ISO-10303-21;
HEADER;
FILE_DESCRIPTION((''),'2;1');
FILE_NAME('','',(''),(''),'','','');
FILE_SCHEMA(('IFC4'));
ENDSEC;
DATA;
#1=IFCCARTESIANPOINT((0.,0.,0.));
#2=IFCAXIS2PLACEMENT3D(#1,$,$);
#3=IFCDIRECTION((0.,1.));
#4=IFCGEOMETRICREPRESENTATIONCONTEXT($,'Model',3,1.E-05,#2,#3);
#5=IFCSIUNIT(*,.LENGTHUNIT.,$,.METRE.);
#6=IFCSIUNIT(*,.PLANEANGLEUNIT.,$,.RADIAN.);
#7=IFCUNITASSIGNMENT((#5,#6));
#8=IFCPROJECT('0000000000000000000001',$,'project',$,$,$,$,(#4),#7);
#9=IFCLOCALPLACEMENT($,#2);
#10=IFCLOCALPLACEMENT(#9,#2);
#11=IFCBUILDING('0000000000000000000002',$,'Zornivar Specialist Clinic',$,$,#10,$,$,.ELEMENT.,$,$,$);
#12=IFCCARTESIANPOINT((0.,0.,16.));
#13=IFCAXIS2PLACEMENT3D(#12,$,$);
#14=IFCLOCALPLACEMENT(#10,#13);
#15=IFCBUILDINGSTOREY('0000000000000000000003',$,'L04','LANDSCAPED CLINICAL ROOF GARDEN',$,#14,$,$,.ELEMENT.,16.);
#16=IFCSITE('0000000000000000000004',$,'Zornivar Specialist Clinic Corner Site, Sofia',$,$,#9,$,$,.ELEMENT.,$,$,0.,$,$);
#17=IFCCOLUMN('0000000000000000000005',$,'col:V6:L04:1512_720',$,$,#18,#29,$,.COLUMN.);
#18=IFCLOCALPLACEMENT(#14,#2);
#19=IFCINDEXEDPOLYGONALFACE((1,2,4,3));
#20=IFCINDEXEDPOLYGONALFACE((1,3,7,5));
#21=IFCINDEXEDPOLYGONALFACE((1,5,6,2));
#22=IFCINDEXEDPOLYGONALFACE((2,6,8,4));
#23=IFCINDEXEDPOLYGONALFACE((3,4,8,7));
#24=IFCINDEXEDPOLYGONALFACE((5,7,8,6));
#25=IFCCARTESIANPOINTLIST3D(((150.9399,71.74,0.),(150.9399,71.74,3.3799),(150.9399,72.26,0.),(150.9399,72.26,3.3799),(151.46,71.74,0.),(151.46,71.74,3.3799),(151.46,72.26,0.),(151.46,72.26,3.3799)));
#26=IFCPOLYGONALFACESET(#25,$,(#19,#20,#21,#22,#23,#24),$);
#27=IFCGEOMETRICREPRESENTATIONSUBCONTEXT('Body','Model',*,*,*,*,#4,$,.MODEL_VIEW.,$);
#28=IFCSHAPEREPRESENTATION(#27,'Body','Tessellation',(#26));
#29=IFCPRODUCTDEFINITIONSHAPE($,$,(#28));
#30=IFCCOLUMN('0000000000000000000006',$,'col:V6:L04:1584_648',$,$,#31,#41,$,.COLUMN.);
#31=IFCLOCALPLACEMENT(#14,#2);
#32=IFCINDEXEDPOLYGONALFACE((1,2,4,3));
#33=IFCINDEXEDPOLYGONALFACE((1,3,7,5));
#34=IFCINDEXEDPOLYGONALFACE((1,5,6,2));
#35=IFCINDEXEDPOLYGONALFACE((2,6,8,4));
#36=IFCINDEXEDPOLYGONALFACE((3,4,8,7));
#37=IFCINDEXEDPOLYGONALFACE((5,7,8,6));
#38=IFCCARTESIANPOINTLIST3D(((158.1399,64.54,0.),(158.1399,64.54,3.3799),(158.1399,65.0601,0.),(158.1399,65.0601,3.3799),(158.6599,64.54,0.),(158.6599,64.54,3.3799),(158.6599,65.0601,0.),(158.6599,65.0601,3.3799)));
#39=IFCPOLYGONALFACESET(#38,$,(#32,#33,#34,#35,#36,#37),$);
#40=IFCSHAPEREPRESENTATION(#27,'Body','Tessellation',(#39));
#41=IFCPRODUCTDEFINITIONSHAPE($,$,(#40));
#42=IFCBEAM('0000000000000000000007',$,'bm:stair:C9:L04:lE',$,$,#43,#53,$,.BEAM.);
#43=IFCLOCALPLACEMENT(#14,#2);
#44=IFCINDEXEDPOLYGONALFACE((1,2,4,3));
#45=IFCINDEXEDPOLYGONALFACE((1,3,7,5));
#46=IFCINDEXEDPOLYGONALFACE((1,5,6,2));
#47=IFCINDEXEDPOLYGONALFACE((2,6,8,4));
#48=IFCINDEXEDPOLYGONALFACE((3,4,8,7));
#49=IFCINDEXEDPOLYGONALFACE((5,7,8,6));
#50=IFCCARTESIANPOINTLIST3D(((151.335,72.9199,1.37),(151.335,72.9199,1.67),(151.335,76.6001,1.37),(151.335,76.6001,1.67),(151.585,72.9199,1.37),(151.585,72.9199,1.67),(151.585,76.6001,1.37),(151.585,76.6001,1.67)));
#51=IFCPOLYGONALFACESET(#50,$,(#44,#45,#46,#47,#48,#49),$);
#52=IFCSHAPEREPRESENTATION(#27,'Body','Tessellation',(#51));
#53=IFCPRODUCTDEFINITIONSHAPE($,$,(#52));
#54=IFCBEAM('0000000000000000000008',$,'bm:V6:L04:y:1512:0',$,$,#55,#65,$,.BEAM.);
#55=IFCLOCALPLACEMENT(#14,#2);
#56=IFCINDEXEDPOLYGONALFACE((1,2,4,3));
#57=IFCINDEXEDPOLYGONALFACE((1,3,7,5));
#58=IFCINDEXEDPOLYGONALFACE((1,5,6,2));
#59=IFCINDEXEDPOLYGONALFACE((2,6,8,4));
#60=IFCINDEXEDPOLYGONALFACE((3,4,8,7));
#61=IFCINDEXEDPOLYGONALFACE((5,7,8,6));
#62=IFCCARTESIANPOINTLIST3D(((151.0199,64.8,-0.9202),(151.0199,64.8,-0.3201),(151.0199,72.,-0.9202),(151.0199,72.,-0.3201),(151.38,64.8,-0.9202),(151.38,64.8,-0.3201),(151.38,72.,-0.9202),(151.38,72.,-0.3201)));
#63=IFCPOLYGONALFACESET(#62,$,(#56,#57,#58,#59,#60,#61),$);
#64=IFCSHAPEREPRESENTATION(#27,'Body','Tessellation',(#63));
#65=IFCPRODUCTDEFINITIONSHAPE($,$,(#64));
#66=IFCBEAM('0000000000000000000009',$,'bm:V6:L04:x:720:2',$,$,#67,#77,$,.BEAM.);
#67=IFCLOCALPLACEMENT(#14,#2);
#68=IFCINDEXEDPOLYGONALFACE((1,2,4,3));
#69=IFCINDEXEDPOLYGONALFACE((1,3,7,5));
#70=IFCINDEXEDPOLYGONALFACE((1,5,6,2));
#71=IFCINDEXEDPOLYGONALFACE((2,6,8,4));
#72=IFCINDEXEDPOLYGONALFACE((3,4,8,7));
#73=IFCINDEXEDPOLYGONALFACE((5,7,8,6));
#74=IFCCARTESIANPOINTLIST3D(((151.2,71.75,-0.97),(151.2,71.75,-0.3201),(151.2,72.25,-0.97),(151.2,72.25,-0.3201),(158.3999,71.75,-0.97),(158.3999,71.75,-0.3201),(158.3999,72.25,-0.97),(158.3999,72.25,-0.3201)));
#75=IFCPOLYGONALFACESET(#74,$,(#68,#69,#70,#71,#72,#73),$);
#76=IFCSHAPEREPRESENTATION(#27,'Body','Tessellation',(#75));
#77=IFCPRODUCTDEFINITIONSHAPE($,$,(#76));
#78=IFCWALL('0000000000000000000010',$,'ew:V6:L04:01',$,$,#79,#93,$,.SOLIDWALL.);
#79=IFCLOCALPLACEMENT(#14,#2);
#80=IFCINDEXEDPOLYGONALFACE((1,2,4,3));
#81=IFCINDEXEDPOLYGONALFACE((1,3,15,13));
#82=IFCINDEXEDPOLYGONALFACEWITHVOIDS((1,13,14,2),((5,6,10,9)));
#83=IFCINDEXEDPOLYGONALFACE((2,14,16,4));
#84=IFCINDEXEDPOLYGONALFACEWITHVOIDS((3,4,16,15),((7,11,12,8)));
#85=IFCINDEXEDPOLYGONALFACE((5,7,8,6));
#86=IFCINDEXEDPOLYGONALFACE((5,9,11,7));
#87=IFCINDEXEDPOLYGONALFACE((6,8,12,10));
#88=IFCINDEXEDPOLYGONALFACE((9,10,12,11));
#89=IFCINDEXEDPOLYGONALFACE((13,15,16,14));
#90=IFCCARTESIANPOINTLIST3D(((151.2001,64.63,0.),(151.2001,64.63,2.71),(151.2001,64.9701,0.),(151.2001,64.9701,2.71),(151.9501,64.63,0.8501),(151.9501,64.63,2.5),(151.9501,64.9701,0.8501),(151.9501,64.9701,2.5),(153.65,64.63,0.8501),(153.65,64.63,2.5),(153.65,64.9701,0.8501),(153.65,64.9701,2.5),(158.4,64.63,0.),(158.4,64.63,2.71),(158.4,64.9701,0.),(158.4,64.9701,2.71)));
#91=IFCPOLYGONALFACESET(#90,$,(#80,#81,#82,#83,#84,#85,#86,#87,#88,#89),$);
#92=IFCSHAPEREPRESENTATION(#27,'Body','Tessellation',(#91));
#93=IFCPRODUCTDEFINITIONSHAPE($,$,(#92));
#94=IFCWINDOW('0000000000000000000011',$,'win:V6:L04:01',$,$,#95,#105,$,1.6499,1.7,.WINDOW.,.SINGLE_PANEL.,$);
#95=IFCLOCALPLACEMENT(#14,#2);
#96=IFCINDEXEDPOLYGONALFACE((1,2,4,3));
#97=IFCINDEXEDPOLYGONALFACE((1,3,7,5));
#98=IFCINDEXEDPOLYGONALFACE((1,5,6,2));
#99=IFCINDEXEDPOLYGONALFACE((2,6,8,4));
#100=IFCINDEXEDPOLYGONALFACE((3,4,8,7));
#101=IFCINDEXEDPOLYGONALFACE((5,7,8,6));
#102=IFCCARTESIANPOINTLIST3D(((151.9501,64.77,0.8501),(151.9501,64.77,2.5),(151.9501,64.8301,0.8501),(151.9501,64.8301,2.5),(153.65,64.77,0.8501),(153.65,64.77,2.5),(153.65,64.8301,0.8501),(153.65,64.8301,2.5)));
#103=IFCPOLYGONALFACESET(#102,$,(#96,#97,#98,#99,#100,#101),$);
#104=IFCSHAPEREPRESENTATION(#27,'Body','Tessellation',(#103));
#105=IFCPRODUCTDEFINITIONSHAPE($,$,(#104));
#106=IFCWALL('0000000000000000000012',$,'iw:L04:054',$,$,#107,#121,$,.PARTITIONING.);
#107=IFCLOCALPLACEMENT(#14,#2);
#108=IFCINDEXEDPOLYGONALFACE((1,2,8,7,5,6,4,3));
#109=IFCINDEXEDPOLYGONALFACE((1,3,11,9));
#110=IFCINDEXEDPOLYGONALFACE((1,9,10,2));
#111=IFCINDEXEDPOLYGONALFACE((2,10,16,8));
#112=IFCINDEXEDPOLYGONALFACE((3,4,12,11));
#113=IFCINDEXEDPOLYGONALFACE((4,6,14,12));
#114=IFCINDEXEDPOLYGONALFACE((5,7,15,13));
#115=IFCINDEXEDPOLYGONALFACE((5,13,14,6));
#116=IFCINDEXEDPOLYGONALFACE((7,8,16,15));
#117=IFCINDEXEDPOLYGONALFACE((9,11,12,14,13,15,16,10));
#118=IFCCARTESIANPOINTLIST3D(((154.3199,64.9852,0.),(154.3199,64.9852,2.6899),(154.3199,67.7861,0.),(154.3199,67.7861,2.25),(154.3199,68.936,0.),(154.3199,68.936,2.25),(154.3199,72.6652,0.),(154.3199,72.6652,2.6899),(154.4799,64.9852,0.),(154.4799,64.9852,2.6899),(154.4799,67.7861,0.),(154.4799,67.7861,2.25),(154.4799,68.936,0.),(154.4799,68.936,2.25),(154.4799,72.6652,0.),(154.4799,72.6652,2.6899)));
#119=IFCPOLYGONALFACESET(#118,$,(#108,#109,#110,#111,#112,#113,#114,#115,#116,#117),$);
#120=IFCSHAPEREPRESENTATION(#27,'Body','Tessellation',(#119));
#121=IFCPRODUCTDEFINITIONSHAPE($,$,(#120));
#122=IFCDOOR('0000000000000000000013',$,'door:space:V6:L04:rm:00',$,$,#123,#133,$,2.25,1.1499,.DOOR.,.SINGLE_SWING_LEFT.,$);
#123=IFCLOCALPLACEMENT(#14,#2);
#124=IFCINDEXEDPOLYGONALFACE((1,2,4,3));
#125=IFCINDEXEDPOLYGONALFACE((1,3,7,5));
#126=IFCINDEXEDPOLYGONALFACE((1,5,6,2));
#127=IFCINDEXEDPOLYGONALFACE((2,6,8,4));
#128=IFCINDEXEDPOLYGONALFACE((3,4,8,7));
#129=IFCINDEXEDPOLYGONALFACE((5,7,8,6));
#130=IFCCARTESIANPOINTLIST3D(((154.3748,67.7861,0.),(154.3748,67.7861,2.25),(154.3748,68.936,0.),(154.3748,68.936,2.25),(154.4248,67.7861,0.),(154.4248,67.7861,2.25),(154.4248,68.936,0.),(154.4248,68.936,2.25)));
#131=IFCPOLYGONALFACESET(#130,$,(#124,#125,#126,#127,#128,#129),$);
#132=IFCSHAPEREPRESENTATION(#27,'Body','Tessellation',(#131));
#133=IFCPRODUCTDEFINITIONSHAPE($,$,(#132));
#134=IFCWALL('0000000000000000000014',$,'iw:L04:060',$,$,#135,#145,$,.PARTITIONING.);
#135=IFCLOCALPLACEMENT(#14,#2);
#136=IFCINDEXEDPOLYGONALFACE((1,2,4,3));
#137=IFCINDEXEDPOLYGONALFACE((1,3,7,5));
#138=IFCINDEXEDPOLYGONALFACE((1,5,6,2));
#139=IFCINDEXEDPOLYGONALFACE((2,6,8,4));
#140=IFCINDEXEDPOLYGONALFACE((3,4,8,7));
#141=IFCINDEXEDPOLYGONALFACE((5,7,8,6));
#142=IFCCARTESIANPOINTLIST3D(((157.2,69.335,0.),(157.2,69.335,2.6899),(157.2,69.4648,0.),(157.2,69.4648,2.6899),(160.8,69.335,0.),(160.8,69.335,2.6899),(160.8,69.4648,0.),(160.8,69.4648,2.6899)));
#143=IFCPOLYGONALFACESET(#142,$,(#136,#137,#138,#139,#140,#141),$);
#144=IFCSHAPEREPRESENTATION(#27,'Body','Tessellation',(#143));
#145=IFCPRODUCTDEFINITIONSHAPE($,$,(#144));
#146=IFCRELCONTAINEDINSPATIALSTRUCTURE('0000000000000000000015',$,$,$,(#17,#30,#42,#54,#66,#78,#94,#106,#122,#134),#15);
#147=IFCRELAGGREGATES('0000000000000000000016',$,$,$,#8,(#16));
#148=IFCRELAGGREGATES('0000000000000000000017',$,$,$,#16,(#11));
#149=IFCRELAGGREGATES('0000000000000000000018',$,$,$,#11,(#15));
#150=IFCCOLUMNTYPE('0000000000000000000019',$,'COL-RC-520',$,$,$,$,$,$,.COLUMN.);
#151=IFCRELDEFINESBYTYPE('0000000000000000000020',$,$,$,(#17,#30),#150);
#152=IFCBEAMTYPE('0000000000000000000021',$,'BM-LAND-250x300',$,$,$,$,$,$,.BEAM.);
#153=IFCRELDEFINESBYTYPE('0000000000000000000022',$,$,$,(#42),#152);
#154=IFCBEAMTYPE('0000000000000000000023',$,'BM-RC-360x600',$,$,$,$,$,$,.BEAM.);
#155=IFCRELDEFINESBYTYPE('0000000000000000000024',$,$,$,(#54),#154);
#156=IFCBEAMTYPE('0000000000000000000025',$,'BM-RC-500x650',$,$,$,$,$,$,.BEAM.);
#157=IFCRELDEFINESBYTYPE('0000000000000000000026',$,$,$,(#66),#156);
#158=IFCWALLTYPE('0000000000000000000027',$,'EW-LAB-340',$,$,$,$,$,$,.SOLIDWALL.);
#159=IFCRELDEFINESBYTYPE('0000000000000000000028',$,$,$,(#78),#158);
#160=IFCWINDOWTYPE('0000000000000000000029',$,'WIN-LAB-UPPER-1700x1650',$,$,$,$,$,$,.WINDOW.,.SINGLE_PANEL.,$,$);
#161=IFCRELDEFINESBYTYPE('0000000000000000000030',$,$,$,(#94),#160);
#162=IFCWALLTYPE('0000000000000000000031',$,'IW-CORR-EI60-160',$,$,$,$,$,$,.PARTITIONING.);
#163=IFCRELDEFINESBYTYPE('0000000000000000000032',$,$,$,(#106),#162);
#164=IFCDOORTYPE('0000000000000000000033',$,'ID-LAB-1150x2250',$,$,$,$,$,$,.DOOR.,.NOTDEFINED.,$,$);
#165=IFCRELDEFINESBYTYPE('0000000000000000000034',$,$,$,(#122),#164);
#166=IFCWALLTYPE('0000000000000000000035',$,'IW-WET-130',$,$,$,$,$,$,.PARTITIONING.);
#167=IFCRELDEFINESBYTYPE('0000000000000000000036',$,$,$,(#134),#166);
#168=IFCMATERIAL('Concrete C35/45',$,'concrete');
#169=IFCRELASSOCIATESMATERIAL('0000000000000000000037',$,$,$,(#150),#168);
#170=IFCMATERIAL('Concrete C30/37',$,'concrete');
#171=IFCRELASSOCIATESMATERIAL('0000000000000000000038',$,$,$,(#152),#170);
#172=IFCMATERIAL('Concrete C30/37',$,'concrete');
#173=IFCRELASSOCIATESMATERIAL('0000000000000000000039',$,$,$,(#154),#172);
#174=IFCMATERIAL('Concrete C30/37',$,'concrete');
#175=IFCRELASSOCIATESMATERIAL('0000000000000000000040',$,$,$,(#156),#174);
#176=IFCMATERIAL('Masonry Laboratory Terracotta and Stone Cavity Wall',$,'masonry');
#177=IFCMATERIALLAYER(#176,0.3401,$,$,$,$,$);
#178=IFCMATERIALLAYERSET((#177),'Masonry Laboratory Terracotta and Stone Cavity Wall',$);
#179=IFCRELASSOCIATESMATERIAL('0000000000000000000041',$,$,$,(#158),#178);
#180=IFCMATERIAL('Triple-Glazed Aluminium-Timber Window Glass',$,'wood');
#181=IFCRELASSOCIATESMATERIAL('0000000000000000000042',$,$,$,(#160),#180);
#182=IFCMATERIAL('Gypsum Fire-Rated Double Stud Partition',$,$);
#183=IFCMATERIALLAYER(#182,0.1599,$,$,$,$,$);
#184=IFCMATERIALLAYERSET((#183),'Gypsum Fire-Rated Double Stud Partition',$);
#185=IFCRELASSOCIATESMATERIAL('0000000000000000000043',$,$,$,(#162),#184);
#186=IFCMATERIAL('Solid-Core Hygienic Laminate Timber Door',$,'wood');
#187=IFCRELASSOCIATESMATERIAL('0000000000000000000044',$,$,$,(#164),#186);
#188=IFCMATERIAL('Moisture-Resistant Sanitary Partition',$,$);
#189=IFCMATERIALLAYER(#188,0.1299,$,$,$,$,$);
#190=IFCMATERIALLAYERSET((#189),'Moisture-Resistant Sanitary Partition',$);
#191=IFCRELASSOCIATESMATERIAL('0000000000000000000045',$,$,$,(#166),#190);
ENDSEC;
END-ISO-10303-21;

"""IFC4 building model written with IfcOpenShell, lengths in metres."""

from ifc_helpers import new_model, si_unit, direction, frame, frame_2d, origin, origin_2d, place, context, subcontext, project, spatial, rectangle, extrude, material, layer, layer_set, material_profile, profile_set, type_object, element, fill, save


model = new_model("IFC4")

# Units and contexts
model_context = context("Model", 3, precision=1e-05, world=origin(), true_north=direction((0.0, 1.0)))
body_context = subcontext(model_context, "Body", "Model", "MODEL_VIEW")
ifc_project = project(units=[si_unit("LENGTHUNIT", "METRE"), si_unit("PLANEANGLEUNIT", "RADIAN")], contexts=[model_context])

# Site, building, storey
site_placement = place(None, origin())
site = spatial("IfcSite", under=ifc_project, at=site_placement, Name="Zornivar Specialist Clinic Corner Site, Sofia", CompositionType="ELEMENT", RefElevation=0.0)
building_placement = place(site_placement, origin())
building = spatial("IfcBuilding", under=site, at=building_placement, Name="Zornivar Specialist Clinic", CompositionType="ELEMENT")
storey_placement = place(building_placement, frame((0.0, 0.0, 16.0)))
storey = spatial("IfcBuildingStorey", under=building, at=storey_placement, Name="L04", Description="LANDSCAPED CLINICAL ROOF GARDEN", CompositionType="ELEMENT", Elevation=16.0)

# Columns
ifc_material_1 = material(Name="Concrete C35/45", Category="concrete")
ifc_material_profile_1 = material_profile(ifc_material_1, rectangle(XDim=0.52, YDim=0.52, at=origin_2d()), Name="RC 520x520")
ifc_profile_set_1 = profile_set([ifc_material_profile_1], Name="Concrete C35/45")
column_type = type_object("IfcColumnType", Name="COL-RC-520", PredefinedType="COLUMN", material=ifc_profile_set_1)
for number, where, z_axis, x_axis, name in (
    (1, (151.2, 72.0, 0.0), (0.0, 0.0, 1.0), (1.0, 0.0, 0.0), "col:V6:L04:1512_720"),
    (2, (158.3999, 64.8, 0.0), (0.0, 0.0, 1.0), (1.0, 0.0, 0.0), "col:V6:L04:1584_648"),
):
    element("IfcColumn", number, at=place(storey_placement, frame(where, z_axis=z_axis, x_axis=x_axis)), inside=storey, type_object=column_type, Name=name, PredefinedType="COLUMN", context=body_context, shape_type="SweptSolid", body=[
        extrude(rectangle(XDim=0.52, YDim=0.52, at=origin_2d()), origin(), (0.0, 0.0, 1.0), 3.3799),
    ])

# Beams
ifc_material_2 = material(Name="Concrete C30/37", Category="concrete")
ifc_material_profile_2 = material_profile(ifc_material_2, rectangle(XDim=0.25, YDim=0.3, at=origin_2d()), Name="RC 250x300")
ifc_profile_set_2 = profile_set([ifc_material_profile_2], Name="Concrete C30/37")
beam_type_1 = type_object("IfcBeamType", Name="BM-LAND-250x300", PredefinedType="BEAM", material=ifc_profile_set_2)
beam_1_placement = place(storey_placement, frame((151.46, 72.9199, 1.52), z_axis=(0.0, 1.0, 0.0), x_axis=(-1.0, 0.0, 0.0)))
element("IfcBeam", 3, at=beam_1_placement, inside=storey, type_object=beam_type_1, Name="bm:stair:C9:L04:lE", PredefinedType="BEAM", context=body_context, shape_type="SweptSolid", body=[
    extrude(rectangle(XDim=0.25, YDim=0.3, at=origin_2d()), origin(), (0.0, 0.0, 1.0), 3.6802),
])
ifc_material_3 = material(Name="Concrete C30/37", Category="concrete")
ifc_material_profile_3 = material_profile(ifc_material_3, rectangle(XDim=0.3601, YDim=0.6001, at=origin_2d()), Name="RC 360x600")
ifc_profile_set_3 = profile_set([ifc_material_profile_3], Name="Concrete C30/37")
beam_type_2 = type_object("IfcBeamType", Name="BM-RC-360x600", PredefinedType="BEAM", material=ifc_profile_set_3)
beam_2_placement = place(storey_placement, frame((151.2, 64.8, -0.6201), z_axis=(0.0, 1.0, 0.0), x_axis=(-1.0, 0.0, 0.0)))
element("IfcBeam", 4, at=beam_2_placement, inside=storey, type_object=beam_type_2, Name="bm:V6:L04:y:1512:0", PredefinedType="BEAM", context=body_context, shape_type="SweptSolid", body=[
    extrude(rectangle(XDim=0.3601, YDim=0.6001, at=origin_2d()), origin(), (0.0, 0.0, 1.0), 7.2),
])
ifc_material_4 = material(Name="Concrete C30/37", Category="concrete")
ifc_material_profile_4 = material_profile(ifc_material_4, rectangle(XDim=0.5, YDim=0.6499, at=origin_2d()), Name="RC 500x650")
ifc_profile_set_4 = profile_set([ifc_material_profile_4], Name="Concrete C30/37")
beam_type_3 = type_object("IfcBeamType", Name="BM-RC-500x650", PredefinedType="BEAM", material=ifc_profile_set_4)
beam_3_placement = place(storey_placement, frame((151.2, 72.0, -0.645), z_axis=(1.0, 0.0, 0.0), x_axis=(0.0, 1.0, 0.0)))
element("IfcBeam", 5, at=beam_3_placement, inside=storey, type_object=beam_type_3, Name="bm:V6:L04:x:720:2", PredefinedType="BEAM", context=body_context, shape_type="SweptSolid", body=[
    extrude(rectangle(XDim=0.5, YDim=0.6499, at=origin_2d()), origin(), (0.0, 0.0, 1.0), 7.2),
])

# Wall, opening, window
ifc_material_5 = material(Name="Masonry Laboratory Terracotta and Stone Cavity Wall", Category="masonry")
ifc_layer_1 = layer(ifc_material_5, 0.3401)
ifc_layer_set_1 = layer_set([ifc_layer_1], Name="Masonry Laboratory Terracotta and Stone Cavity Wall")
wall_type_1 = type_object("IfcWallType", Name="EW-LAB-340", PredefinedType="SOLIDWALL", material=ifc_layer_set_1)
wall_1_placement = place(storey_placement, frame((151.2, 64.8, 0.0), z_axis=(0.0, 0.0, 1.0), x_axis=(1.0, 0.0, 0.0)))
wall_1 = element("IfcWall", 6, at=wall_1_placement, inside=storey, type_object=wall_type_1, Name="ew:V6:L04:01", PredefinedType="SOLIDWALL", context=body_context, shape_type="SweptSolid", body=[
    extrude(rectangle(XDim=7.2, YDim=0.3401, at=frame_2d((3.6001, 0.0))), origin(), (0.0, 0.0, 1.0), 2.71),
])
opening_1_placement = place(wall_1_placement, frame((0.75, 0.0, 0.8501)))
opening_1 = element("IfcOpeningElement", 7, at=opening_1_placement, cuts=wall_1, PredefinedType="OPENING", context=body_context, shape_type="SweptSolid", body=[
    extrude(rectangle(XDim=1.7, YDim=1.6499, at=frame_2d((0.8501, 0.825))), frame((0.0, 0.1799, 0.0), z_axis=(0.0, -1.0, 0.0), x_axis=(1.0, 0.0, 0.0)), (0.0, 0.0, 1.0), 0.3601),
])
ifc_material_6 = material(Name="Triple-Glazed Aluminium-Timber Window Glass", Category="wood")
window_type = type_object("IfcWindowType", Name="WIN-LAB-UPPER-1700x1650", PartitioningType="SINGLE_PANEL", PredefinedType="WINDOW", material=ifc_material_6)
window_placement = place(opening_1_placement, origin())
window = element("IfcWindow", 8, at=window_placement, inside=storey, type_object=window_type, Name="win:V6:L04:01", OverallHeight=1.6499, OverallWidth=1.7, PartitioningType="SINGLE_PANEL", PredefinedType="WINDOW", context=body_context, shape_type="SweptSolid", body=[
    extrude(rectangle(XDim=1.7, YDim=1.6499, at=frame_2d((0.8501, 0.825))), frame((0.0, 0.03, 0.0), z_axis=(0.0, -1.0, 0.0), x_axis=(1.0, 0.0, 0.0)), (0.0, 0.0, 1.0), 0.0601),
])
fill(opening_1, window)

# Wall, opening, door
ifc_material_7 = material(Name="Gypsum Fire-Rated Double Stud Partition")
ifc_layer_2 = layer(ifc_material_7, 0.1599)
ifc_layer_set_2 = layer_set([ifc_layer_2], Name="Gypsum Fire-Rated Double Stud Partition")
wall_type_2 = type_object("IfcWallType", Name="IW-CORR-EI60-160", PredefinedType="PARTITIONING", material=ifc_layer_set_2)
wall_2_placement = place(storey_placement, frame((154.3999, 72.665, 0.0), z_axis=(0.0, 0.0, 1.0), x_axis=(0.0, -1.0, 0.0)))
wall_2 = element("IfcWall", 9, at=wall_2_placement, inside=storey, type_object=wall_type_2, Name="iw:L04:054", PredefinedType="PARTITIONING", context=body_context, shape_type="SweptSolid", body=[
    extrude(rectangle(XDim=7.6799, YDim=0.1599, at=frame_2d((3.8398, 0.0))), origin(), (0.0, 0.0, 1.0), 2.6899),
])
opening_2_placement = place(wall_2_placement, frame((3.729, 0.0, 0.0)))
opening_2 = element("IfcOpeningElement", 10, at=opening_2_placement, cuts=wall_2, PredefinedType="OPENING", context=body_context, shape_type="SweptSolid", body=[
    extrude(rectangle(XDim=1.1499, YDim=2.25, at=frame_2d((0.575, 1.125))), frame((0.0, 0.0898, 0.0), z_axis=(0.0, -1.0, 0.0), x_axis=(1.0, 0.0, 0.0)), (0.0, 0.0, 1.0), 0.1799),
])
ifc_material_8 = material(Name="Solid-Core Hygienic Laminate Timber Door", Category="wood")
door_type_1 = type_object("IfcDoorType", Name="ID-LAB-1150x2250", OperationType="NOTDEFINED", PredefinedType="DOOR", material=ifc_material_8)
door_1_placement = place(opening_2_placement, origin())
door_1 = element("IfcDoor", 11, at=door_1_placement, inside=storey, type_object=door_type_1, Name="door:space:V6:L04:rm:00", OperationType="SINGLE_SWING_LEFT", OverallHeight=2.25, OverallWidth=1.1499, PredefinedType="DOOR", context=body_context, shape_type="SweptSolid", body=[
    extrude(rectangle(XDim=1.1499, YDim=2.25, at=frame_2d((0.575, 1.125))), frame((0.0, 0.0249, 0.0), z_axis=(0.0, -1.0, 0.0), x_axis=(1.0, 0.0, 0.0)), (0.0, 0.0, 1.0), 0.05),
])
fill(opening_2, door_1)

# Wall
ifc_material_9 = material(Name="Moisture-Resistant Sanitary Partition")
ifc_layer_3 = layer(ifc_material_9, 0.1299)
ifc_layer_set_3 = layer_set([ifc_layer_3], Name="Moisture-Resistant Sanitary Partition")
wall_type_3 = type_object("IfcWallType", Name="IW-WET-130", PredefinedType="PARTITIONING", material=ifc_layer_set_3)
wall_3_placement = place(storey_placement, frame((157.2, 69.3999, 0.0), z_axis=(0.0, 0.0, 1.0), x_axis=(1.0, 0.0, 0.0)))
element("IfcWall", 12, at=wall_3_placement, inside=storey, type_object=wall_type_3, Name="iw:L04:060", PredefinedType="PARTITIONING", context=body_context, shape_type="SweptSolid", body=[
    extrude(rectangle(XDim=3.6001, YDim=0.1299, at=frame_2d((1.8, 0.0))), origin(), (0.0, 0.0, 1.0), 2.6899),
])

save(model, "model.ifc")
